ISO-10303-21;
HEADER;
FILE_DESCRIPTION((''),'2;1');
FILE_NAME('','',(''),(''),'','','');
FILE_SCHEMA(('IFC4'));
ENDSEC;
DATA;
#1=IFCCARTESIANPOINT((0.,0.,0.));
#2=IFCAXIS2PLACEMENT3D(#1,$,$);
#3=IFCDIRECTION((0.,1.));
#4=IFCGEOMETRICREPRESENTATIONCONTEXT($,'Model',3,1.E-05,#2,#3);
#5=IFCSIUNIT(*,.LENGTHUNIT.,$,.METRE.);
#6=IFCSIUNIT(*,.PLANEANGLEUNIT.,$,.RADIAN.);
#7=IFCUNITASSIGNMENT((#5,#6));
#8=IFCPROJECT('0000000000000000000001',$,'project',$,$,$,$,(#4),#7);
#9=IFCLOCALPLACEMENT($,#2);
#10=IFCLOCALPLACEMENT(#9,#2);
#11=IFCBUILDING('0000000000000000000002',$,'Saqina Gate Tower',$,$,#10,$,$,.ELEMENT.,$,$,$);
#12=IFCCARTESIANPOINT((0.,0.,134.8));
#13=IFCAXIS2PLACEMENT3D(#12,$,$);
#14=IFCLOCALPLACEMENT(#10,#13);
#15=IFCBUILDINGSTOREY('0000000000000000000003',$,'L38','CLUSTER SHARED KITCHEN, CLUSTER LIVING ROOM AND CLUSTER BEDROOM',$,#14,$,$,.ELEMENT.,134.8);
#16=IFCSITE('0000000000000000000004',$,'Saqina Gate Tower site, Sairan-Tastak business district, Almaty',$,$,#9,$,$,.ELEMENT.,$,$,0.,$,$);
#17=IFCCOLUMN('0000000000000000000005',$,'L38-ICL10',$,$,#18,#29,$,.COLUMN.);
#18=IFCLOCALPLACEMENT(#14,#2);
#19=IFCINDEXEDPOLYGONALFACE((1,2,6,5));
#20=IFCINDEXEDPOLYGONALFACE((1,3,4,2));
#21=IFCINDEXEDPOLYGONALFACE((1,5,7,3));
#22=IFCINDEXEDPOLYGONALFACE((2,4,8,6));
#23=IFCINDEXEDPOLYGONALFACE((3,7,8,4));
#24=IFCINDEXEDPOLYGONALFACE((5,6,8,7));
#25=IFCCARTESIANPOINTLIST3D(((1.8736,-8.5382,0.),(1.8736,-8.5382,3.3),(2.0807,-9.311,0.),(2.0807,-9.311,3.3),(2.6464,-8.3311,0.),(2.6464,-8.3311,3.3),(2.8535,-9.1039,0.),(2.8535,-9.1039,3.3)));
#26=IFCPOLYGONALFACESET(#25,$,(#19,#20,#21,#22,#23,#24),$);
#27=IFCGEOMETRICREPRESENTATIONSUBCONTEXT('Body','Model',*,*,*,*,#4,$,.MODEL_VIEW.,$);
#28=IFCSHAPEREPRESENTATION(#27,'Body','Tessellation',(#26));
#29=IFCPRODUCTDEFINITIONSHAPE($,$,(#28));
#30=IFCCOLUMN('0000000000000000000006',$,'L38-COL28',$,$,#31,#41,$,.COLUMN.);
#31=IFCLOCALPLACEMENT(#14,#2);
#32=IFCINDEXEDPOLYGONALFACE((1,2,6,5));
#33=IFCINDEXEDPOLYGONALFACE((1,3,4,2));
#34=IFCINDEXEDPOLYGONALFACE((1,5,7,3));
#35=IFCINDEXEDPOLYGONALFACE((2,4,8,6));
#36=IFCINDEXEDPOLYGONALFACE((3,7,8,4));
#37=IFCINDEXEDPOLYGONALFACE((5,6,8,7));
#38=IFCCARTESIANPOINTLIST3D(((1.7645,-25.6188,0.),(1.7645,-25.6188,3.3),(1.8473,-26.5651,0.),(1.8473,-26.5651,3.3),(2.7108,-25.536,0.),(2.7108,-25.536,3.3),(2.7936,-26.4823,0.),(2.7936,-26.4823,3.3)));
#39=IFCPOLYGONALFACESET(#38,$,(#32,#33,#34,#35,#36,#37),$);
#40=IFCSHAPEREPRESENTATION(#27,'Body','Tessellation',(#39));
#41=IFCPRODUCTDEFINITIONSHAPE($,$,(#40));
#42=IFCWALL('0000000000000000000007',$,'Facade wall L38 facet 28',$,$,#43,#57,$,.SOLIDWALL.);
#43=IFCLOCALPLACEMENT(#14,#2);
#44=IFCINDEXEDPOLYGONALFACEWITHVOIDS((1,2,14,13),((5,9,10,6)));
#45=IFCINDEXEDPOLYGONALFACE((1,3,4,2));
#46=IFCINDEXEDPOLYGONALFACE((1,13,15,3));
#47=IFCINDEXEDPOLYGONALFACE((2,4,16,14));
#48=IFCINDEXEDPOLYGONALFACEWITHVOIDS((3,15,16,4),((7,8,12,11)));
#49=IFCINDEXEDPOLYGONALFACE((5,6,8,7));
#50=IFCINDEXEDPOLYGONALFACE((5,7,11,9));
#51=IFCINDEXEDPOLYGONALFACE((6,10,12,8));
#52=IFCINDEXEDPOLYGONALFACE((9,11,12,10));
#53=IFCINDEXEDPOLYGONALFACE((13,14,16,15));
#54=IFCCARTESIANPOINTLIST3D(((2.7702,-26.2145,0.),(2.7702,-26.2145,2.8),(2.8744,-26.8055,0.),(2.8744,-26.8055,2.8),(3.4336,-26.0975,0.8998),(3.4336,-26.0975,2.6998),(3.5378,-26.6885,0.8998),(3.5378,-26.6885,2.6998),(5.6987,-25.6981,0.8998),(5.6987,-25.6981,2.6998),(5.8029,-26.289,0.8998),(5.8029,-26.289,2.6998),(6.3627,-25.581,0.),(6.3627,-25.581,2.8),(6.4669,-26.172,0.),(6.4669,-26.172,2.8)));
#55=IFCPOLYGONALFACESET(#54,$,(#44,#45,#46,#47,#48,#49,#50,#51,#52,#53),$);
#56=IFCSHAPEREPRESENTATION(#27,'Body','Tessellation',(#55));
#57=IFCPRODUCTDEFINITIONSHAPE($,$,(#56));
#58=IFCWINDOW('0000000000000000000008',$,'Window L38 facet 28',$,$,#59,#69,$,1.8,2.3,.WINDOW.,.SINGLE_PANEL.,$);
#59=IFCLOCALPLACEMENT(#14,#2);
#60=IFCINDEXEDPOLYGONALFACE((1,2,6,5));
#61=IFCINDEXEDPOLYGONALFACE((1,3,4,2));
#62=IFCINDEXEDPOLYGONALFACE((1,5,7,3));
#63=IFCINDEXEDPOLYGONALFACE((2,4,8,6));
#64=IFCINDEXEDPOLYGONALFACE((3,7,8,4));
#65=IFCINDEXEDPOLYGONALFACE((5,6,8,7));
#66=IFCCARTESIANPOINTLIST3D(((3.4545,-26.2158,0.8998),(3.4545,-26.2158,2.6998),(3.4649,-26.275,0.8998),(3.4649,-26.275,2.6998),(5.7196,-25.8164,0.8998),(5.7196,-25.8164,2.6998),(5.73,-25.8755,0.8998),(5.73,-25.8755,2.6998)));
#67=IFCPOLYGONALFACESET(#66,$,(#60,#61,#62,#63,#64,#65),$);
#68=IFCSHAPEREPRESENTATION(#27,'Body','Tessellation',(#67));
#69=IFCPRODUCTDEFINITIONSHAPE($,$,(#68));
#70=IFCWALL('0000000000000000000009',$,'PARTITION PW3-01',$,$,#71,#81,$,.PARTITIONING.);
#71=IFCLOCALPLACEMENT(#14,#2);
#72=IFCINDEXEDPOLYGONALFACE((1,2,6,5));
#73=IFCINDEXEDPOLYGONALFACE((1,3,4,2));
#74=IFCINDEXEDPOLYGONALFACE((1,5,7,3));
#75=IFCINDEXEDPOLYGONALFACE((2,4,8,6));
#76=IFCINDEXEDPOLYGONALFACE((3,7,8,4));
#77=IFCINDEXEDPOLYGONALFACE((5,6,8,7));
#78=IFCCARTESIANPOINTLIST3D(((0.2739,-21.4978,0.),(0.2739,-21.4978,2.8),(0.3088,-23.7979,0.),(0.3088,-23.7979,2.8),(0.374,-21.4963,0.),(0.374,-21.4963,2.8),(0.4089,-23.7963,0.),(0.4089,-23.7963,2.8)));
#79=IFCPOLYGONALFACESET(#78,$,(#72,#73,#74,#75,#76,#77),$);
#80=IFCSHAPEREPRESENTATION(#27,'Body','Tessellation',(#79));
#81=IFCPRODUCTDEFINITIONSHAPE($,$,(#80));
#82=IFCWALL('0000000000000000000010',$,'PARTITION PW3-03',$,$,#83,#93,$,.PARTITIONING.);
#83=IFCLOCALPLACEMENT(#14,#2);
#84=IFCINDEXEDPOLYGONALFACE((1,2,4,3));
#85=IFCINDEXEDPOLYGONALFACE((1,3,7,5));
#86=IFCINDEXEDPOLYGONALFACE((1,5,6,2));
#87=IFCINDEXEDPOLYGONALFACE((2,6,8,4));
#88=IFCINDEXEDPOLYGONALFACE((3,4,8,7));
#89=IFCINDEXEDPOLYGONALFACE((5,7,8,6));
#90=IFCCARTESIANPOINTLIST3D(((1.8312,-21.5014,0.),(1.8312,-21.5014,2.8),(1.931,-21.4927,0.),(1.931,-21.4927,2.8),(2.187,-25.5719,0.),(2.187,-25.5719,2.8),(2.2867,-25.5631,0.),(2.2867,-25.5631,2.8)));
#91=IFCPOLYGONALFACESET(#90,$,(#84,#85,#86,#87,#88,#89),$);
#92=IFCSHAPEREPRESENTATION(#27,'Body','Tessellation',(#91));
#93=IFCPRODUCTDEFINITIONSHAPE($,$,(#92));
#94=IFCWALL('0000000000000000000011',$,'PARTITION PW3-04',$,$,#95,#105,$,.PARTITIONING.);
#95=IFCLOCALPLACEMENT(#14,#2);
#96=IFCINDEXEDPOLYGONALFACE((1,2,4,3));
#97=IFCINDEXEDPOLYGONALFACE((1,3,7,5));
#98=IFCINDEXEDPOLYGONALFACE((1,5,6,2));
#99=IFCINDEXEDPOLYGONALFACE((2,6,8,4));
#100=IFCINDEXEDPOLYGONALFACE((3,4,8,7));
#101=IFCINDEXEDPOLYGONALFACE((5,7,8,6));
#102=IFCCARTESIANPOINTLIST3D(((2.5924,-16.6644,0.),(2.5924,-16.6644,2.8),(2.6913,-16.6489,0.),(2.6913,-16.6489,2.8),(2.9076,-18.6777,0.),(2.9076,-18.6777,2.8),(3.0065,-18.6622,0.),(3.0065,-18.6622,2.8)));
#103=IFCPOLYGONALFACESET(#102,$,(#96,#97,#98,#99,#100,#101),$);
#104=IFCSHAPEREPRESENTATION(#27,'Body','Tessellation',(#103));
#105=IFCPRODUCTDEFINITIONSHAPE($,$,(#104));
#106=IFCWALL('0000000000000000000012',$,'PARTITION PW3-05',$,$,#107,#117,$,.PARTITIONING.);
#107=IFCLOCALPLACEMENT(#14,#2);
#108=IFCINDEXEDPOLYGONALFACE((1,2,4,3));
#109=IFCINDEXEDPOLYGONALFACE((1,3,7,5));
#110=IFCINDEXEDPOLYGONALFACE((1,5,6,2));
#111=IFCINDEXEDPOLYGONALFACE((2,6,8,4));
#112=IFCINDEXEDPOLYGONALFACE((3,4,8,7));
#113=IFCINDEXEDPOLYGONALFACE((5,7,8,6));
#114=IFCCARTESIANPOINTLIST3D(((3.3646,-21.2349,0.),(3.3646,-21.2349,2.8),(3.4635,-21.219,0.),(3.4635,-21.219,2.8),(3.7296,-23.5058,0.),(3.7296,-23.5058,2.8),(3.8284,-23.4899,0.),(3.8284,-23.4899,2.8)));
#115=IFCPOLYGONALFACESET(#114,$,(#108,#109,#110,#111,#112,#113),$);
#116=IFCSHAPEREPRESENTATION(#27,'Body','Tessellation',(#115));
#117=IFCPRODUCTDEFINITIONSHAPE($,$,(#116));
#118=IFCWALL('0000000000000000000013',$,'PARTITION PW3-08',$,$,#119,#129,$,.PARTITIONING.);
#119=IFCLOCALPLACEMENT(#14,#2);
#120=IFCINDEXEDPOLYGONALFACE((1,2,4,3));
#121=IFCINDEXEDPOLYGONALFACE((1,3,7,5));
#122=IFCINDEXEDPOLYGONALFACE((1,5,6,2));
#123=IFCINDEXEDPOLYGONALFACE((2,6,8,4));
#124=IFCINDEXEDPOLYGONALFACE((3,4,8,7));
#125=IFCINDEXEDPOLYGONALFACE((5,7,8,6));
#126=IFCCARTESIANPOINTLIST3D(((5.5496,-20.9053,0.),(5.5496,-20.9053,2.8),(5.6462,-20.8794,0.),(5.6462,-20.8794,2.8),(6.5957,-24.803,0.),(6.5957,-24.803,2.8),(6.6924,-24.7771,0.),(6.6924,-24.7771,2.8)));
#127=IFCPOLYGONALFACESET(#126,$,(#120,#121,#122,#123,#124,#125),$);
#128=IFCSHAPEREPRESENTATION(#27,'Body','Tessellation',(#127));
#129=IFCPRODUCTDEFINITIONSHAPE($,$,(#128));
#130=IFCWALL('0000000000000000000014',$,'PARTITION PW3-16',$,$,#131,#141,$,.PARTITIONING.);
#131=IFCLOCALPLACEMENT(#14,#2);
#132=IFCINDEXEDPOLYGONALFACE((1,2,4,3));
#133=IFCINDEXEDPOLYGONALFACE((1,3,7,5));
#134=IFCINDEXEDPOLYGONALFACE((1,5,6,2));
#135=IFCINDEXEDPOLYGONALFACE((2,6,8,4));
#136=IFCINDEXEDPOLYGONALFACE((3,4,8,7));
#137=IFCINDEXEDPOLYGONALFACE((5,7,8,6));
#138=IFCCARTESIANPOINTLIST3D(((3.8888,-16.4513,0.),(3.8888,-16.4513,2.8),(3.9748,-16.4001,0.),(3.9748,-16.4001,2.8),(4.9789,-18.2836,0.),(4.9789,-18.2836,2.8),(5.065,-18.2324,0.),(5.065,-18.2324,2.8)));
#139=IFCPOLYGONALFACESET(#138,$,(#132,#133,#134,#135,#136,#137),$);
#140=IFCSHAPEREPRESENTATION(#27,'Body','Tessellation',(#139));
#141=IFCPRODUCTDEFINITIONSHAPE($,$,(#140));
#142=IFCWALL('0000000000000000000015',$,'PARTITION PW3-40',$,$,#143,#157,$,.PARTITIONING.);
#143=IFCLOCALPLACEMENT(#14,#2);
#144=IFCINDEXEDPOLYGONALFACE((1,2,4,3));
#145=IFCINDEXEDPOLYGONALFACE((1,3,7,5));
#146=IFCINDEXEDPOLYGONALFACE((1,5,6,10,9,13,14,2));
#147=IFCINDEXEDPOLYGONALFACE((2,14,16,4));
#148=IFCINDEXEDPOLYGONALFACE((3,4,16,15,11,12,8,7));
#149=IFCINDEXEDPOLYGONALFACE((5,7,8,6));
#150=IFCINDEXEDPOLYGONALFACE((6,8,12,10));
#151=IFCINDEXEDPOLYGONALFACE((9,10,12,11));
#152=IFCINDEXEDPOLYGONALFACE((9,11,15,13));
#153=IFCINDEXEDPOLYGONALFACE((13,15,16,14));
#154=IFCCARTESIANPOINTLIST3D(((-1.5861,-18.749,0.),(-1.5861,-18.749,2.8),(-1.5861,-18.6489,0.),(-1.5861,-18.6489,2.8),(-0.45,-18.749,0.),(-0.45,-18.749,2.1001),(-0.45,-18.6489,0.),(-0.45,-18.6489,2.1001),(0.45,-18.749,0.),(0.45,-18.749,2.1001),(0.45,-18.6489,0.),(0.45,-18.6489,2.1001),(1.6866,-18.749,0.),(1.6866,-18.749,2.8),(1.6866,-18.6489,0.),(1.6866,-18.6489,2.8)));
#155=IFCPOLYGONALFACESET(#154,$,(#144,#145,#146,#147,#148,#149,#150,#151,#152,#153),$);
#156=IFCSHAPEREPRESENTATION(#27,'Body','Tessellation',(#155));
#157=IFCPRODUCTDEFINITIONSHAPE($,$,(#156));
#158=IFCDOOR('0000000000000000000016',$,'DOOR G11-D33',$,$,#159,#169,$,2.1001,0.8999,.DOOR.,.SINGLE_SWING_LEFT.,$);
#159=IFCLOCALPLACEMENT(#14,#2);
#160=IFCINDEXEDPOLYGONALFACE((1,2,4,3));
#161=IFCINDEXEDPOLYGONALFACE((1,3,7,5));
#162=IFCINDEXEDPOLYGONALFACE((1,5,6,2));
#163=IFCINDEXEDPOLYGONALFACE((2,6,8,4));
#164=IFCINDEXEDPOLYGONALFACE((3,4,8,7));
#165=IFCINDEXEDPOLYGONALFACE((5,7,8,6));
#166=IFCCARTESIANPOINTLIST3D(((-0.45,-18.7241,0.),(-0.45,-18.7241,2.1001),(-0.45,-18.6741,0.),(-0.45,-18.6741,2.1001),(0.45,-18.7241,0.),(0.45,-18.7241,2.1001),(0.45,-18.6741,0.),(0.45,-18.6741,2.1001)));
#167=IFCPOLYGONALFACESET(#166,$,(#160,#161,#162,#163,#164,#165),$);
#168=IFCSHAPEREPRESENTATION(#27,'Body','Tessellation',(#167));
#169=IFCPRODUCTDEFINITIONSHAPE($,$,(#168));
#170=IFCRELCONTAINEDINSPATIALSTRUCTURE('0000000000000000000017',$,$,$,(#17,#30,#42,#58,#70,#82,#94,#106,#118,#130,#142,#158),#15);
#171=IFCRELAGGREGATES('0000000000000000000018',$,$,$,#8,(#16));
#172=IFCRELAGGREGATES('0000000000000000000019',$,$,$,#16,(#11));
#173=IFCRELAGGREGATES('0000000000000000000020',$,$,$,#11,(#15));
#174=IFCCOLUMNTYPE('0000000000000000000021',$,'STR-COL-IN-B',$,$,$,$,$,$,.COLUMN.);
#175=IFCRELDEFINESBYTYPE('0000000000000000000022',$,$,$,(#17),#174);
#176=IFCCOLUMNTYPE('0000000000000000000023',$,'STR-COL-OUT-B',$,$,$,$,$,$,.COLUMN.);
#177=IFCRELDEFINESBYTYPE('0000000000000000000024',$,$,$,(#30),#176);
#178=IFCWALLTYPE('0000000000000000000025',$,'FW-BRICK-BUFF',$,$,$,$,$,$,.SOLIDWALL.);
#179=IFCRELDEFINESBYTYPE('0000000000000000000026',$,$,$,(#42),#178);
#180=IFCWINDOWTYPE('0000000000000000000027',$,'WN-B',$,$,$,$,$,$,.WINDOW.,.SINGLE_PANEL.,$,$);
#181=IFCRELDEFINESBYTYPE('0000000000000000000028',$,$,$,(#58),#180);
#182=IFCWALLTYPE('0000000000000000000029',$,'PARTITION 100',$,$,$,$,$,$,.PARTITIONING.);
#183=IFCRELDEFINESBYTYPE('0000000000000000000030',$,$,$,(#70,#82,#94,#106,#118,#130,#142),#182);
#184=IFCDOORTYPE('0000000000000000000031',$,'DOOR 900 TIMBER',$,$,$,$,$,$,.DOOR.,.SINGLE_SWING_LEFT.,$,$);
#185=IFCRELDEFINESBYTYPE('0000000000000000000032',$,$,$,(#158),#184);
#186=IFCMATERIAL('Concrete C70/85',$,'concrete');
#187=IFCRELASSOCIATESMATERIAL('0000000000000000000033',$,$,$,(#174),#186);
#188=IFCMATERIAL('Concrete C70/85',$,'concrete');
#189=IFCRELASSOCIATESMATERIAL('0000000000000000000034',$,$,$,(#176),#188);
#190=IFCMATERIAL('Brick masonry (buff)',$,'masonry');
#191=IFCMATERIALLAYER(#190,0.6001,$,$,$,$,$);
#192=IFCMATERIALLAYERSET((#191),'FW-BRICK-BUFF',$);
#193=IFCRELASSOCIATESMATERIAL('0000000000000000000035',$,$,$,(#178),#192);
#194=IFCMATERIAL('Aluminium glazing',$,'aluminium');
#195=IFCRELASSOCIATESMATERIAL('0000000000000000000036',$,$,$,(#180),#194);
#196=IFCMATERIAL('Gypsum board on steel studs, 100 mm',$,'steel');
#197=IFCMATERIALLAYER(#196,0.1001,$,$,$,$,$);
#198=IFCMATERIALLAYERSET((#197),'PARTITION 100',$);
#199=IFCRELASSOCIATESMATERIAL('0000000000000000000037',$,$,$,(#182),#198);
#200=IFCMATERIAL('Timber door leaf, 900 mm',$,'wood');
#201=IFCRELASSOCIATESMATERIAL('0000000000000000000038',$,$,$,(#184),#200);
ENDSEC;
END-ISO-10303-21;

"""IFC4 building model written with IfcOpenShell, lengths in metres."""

from ifc_helpers import new_model, si_unit, direction, frame, frame_2d, origin, origin_2d, place, context, subcontext, project, spatial, rectangle, extrude, material, layer, layer_set, material_profile, profile_set, type_object, element, fill, save


model = new_model("IFC4")

# Units and contexts
model_context = context("Model", 3, precision=1e-05, world=origin(), true_north=direction((0.0, 1.0)))
body_context = subcontext(model_context, "Body", "Model", "MODEL_VIEW")
ifc_project = project(units=[si_unit("LENGTHUNIT", "METRE"), si_unit("PLANEANGLEUNIT", "RADIAN")], contexts=[model_context])

# Site, building, storey
site_placement = place(None, origin())
site = spatial("IfcSite", under=ifc_project, at=site_placement, Name="Saqina Gate Tower site, Sairan-Tastak business district, Almaty", CompositionType="ELEMENT", RefElevation=0.0)
building_placement = place(site_placement, origin())
building = spatial("IfcBuilding", under=site, at=building_placement, Name="Saqina Gate Tower", CompositionType="ELEMENT")
storey_placement = place(building_placement, frame((0.0, 0.0, 134.8)))
storey = spatial("IfcBuildingStorey", under=building, at=storey_placement, Name="L38", Description="CLUSTER SHARED KITCHEN, CLUSTER LIVING ROOM AND CLUSTER BEDROOM", CompositionType="ELEMENT", Elevation=134.8)

# Columns
ifc_material_1 = material(Name="Concrete C70/85", Category="concrete")
ifc_material_profile_1 = material_profile(ifc_material_1, rectangle(XDim=0.8, YDim=0.8, at=origin_2d()), Name="RC 800x800")
ifc_profile_set_1 = profile_set([ifc_material_profile_1], Name="Concrete C70/85")
column_type_1 = type_object("IfcColumnType", Name="STR-COL-IN-B", PredefinedType="COLUMN", material=ifc_profile_set_1)
column_1_placement = place(storey_placement, frame((2.3635, -8.821, 0.0), z_axis=(0.0, 0.0, 1.0), x_axis=(0.258819, -0.965926, 0.0)))
element("IfcColumn", 1, at=column_1_placement, inside=storey, type_object=column_type_1, Name="L38-ICL10", PredefinedType="COLUMN", context=body_context, shape_type="SweptSolid", body=[
    extrude(rectangle(XDim=0.8, YDim=0.8, at=origin_2d()), origin(), (0.0, 0.0, 1.0), 3.3),
])
ifc_material_2 = material(Name="Concrete C70/85", Category="concrete")
ifc_material_profile_2 = material_profile(ifc_material_2, rectangle(XDim=0.95, YDim=0.95, at=origin_2d()), Name="RC 950x950")
ifc_profile_set_2 = profile_set([ifc_material_profile_2], Name="Concrete C70/85")
column_type_2 = type_object("IfcColumnType", Name="STR-COL-OUT-B", PredefinedType="COLUMN", material=ifc_profile_set_2)
column_2_placement = place(storey_placement, frame((2.2791, -26.0505, 0.0), z_axis=(0.0, 0.0, 1.0), x_axis=(0.087156, -0.996195, 0.0)))
element("IfcColumn", 2, at=column_2_placement, inside=storey, type_object=column_type_2, Name="L38-COL28", PredefinedType="COLUMN", context=body_context, shape_type="SweptSolid", body=[
    extrude(rectangle(XDim=0.95, YDim=0.95, at=origin_2d()), origin(), (0.0, 0.0, 1.0), 3.3),
])

# Wall, opening, window
ifc_material_3 = material(Name="Brick masonry (buff)", Category="masonry")
ifc_layer_1 = layer(ifc_material_3, 0.6001)
ifc_layer_set_1 = layer_set([ifc_layer_1], Name="FW-BRICK-BUFF")
wall_type_1 = type_object("IfcWallType", Name="FW-BRICK-BUFF", PredefinedType="SOLIDWALL", material=ifc_layer_set_1)
wall_1_placement = place(storey_placement, frame((2.8223, -26.51, 0.0), z_axis=(0.0, 0.0, 1.0), x_axis=(0.984804, 0.173671, 0.0)))
wall_1 = element("IfcWall", 3, at=wall_1_placement, inside=storey, type_object=wall_type_1, Name="Facade wall L38 facet 28", PredefinedType="SOLIDWALL", context=body_context, shape_type="SweptSolid", body=[
    extrude(rectangle(XDim=3.6479, YDim=0.6001, at=frame_2d((1.824, 0.0))), origin(), (0.0, 0.0, 1.0), 2.8),
])
opening_1_placement = place(wall_1_placement, frame((0.6738, 0.0, 0.8999)))
opening_1 = element("IfcOpeningElement", 4, at=opening_1_placement, cuts=wall_1, PredefinedType="OPENING", context=body_context, shape_type="SweptSolid", body=[
    extrude(rectangle(XDim=2.3, YDim=1.8, at=frame_2d((1.1499, 0.8999))), frame((0.0, 0.312, 0.0), z_axis=(0.0, -1.0, 0.0), x_axis=(1.0, 0.0, 0.0)), (0.0, 0.0, 1.0), 0.624),
])
ifc_material_4 = material(Name="Aluminium glazing", Category="aluminium")
window_type = type_object("IfcWindowType", Name="WN-B", PartitioningType="SINGLE_PANEL", PredefinedType="WINDOW", material=ifc_material_4)
window_placement = place(opening_1_placement, origin())
window = element("IfcWindow", 5, at=window_placement, inside=storey, type_object=window_type, Name="Window L38 facet 28", OverallHeight=1.8, OverallWidth=2.3, PartitioningType="SINGLE_PANEL", PredefinedType="WINDOW", context=body_context, shape_type="SweptSolid", body=[
    extrude(rectangle(XDim=2.3, YDim=1.8, at=frame_2d((1.1499, 0.8999))), frame((0.0, 0.1799, 0.0), z_axis=(0.0, -1.0, 0.0), x_axis=(1.0, 0.0, 0.0)), (0.0, 0.0, 1.0), 0.0601),
])
fill(opening_1, window)

# Walls
ifc_material_5 = material(Name="Gypsum board on steel studs, 100 mm", Category="steel")
ifc_layer_2 = layer(ifc_material_5, 0.1001)
ifc_layer_set_2 = layer_set([ifc_layer_2], Name="PARTITION 100")
wall_type_2 = type_object("IfcWallType", Name="PARTITION 100", PredefinedType="PARTITIONING", material=ifc_layer_set_2)
wall_2_placement = place(storey_placement, frame((0.324, -21.4971, 0.0), z_axis=(0.0, 0.0, 1.0), x_axis=(0.015177, -0.999885, 0.0)))
element("IfcWall", 6, at=wall_2_placement, inside=storey, type_object=wall_type_2, Name="PARTITION PW3-01", PredefinedType="PARTITIONING", context=body_context, shape_type="SweptSolid", body=[
    extrude(rectangle(XDim=2.3003, YDim=0.1001, at=frame_2d((1.1501, 0.0))), origin(), (0.0, 0.0, 1.0), 2.8),
])
wall_3_placement = place(storey_placement, frame((1.8811, -21.4971, 0.0), z_axis=(0.0, 0.0, 1.0), x_axis=(0.08706, -0.996203, 0.0)))
element("IfcWall", 7, at=wall_3_placement, inside=storey, type_object=wall_type_2, Name="PARTITION PW3-03", PredefinedType="PARTITIONING", context=body_context, shape_type="SweptSolid", body=[
    extrude(rectangle(XDim=4.0859, YDim=0.1001, at=frame_2d((2.043, 0.0))), origin(), (0.0, 0.0, 1.0), 2.8),
])
wall_4_placement = place(storey_placement, frame((2.6418, -16.6565, 0.0), z_axis=(0.0, 0.0, 1.0), x_axis=(0.154658, -0.987968, 0.0)))
element("IfcWall", 8, at=wall_4_placement, inside=storey, type_object=wall_type_2, Name="PARTITION PW3-04", PredefinedType="PARTITIONING", context=body_context, shape_type="SweptSolid", body=[
    extrude(rectangle(XDim=2.0378, YDim=0.1001, at=frame_2d((1.019, 0.0))), origin(), (0.0, 0.0, 1.0), 2.8),
])
wall_5_placement = place(storey_placement, frame((3.4141, -21.2271, 0.0), z_axis=(0.0, 0.0, 1.0), x_axis=(0.158682, -0.98733, 0.0)))
element("IfcWall", 9, at=wall_5_placement, inside=storey, type_object=wall_type_2, Name="PARTITION PW3-05", PredefinedType="PARTITIONING", context=body_context, shape_type="SweptSolid", body=[
    extrude(rectangle(XDim=2.3, YDim=0.1001, at=frame_2d((1.1499, 0.0))), origin(), (0.0, 0.0, 1.0), 2.8),
])
wall_6_placement = place(storey_placement, frame((5.5979, -20.8923, 0.0), z_axis=(0.0, 0.0, 1.0), x_axis=(0.259225, -0.965817, 0.0)))
element("IfcWall", 10, at=wall_6_placement, inside=storey, type_object=wall_type_2, Name="PARTITION PW3-08", PredefinedType="PARTITIONING", context=body_context, shape_type="SweptSolid", body=[
    extrude(rectangle(XDim=4.0356, YDim=0.1001, at=frame_2d((2.0178, 0.0))), origin(), (0.0, 0.0, 1.0), 2.8),
])
wall_7_placement = place(storey_placement, frame((3.9319, -16.4258, 0.0), z_axis=(0.0, 0.0, 1.0), x_axis=(0.511293, -0.859407, 0.0)))
element("IfcWall", 11, at=wall_7_placement, inside=storey, type_object=wall_type_2, Name="PARTITION PW3-16", PredefinedType="PARTITIONING", context=body_context, shape_type="SweptSolid", body=[
    extrude(rectangle(XDim=2.1321, YDim=0.1001, at=frame_2d((1.0659, 0.0))), origin(), (0.0, 0.0, 1.0), 2.8),
])

# Wall, opening, door
wall_8_placement = place(storey_placement, frame((-1.5859, -18.699, 0.0), z_axis=(0.0, 0.0, 1.0), x_axis=(1.0, 0.0, 0.0)))
wall_8 = element("IfcWall", 12, at=wall_8_placement, inside=storey, type_object=wall_type_2, Name="PARTITION PW3-40", PredefinedType="PARTITIONING", context=body_context, shape_type="SweptSolid", body=[
    extrude(rectangle(XDim=3.2727, YDim=0.1001, at=frame_2d((1.6362, 0.0))), origin(), (0.0, 0.0, 1.0), 2.8),
])
opening_2_placement = place(wall_8_placement, frame((1.136, 0.0, 0.0)))
opening_2 = element("IfcOpeningElement", 13, at=opening_2_placement, cuts=wall_8, PredefinedType="OPENING", context=body_context, shape_type="SweptSolid", body=[
    extrude(rectangle(XDim=0.8999, YDim=2.1001, at=frame_2d((0.45, 1.05))), frame((0.0, 0.062, 0.0), z_axis=(0.0, -1.0, 0.0), x_axis=(1.0, 0.0, 0.0)), (0.0, 0.0, 1.0), 0.124),
])
ifc_material_6 = material(Name="Timber door leaf, 900 mm", Category="wood")
door_type_1 = type_object("IfcDoorType", Name="DOOR 900 TIMBER", OperationType="SINGLE_SWING_LEFT", PredefinedType="DOOR", material=ifc_material_6)
door_1_placement = place(opening_2_placement, origin())
door_1 = element("IfcDoor", 14, at=door_1_placement, inside=storey, type_object=door_type_1, Name="DOOR G11-D33", OperationType="SINGLE_SWING_LEFT", OverallHeight=2.1001, OverallWidth=0.8999, PredefinedType="DOOR", context=body_context, shape_type="SweptSolid", body=[
    extrude(rectangle(XDim=0.8999, YDim=2.1001, at=frame_2d((0.45, 1.05))), frame((0.0, 0.0249, 0.0), z_axis=(0.0, -1.0, 0.0), x_axis=(1.0, 0.0, 0.0)), (0.0, 0.0, 1.0), 0.05),
])
fill(opening_2, door_1)

save(model, "model.ifc")
